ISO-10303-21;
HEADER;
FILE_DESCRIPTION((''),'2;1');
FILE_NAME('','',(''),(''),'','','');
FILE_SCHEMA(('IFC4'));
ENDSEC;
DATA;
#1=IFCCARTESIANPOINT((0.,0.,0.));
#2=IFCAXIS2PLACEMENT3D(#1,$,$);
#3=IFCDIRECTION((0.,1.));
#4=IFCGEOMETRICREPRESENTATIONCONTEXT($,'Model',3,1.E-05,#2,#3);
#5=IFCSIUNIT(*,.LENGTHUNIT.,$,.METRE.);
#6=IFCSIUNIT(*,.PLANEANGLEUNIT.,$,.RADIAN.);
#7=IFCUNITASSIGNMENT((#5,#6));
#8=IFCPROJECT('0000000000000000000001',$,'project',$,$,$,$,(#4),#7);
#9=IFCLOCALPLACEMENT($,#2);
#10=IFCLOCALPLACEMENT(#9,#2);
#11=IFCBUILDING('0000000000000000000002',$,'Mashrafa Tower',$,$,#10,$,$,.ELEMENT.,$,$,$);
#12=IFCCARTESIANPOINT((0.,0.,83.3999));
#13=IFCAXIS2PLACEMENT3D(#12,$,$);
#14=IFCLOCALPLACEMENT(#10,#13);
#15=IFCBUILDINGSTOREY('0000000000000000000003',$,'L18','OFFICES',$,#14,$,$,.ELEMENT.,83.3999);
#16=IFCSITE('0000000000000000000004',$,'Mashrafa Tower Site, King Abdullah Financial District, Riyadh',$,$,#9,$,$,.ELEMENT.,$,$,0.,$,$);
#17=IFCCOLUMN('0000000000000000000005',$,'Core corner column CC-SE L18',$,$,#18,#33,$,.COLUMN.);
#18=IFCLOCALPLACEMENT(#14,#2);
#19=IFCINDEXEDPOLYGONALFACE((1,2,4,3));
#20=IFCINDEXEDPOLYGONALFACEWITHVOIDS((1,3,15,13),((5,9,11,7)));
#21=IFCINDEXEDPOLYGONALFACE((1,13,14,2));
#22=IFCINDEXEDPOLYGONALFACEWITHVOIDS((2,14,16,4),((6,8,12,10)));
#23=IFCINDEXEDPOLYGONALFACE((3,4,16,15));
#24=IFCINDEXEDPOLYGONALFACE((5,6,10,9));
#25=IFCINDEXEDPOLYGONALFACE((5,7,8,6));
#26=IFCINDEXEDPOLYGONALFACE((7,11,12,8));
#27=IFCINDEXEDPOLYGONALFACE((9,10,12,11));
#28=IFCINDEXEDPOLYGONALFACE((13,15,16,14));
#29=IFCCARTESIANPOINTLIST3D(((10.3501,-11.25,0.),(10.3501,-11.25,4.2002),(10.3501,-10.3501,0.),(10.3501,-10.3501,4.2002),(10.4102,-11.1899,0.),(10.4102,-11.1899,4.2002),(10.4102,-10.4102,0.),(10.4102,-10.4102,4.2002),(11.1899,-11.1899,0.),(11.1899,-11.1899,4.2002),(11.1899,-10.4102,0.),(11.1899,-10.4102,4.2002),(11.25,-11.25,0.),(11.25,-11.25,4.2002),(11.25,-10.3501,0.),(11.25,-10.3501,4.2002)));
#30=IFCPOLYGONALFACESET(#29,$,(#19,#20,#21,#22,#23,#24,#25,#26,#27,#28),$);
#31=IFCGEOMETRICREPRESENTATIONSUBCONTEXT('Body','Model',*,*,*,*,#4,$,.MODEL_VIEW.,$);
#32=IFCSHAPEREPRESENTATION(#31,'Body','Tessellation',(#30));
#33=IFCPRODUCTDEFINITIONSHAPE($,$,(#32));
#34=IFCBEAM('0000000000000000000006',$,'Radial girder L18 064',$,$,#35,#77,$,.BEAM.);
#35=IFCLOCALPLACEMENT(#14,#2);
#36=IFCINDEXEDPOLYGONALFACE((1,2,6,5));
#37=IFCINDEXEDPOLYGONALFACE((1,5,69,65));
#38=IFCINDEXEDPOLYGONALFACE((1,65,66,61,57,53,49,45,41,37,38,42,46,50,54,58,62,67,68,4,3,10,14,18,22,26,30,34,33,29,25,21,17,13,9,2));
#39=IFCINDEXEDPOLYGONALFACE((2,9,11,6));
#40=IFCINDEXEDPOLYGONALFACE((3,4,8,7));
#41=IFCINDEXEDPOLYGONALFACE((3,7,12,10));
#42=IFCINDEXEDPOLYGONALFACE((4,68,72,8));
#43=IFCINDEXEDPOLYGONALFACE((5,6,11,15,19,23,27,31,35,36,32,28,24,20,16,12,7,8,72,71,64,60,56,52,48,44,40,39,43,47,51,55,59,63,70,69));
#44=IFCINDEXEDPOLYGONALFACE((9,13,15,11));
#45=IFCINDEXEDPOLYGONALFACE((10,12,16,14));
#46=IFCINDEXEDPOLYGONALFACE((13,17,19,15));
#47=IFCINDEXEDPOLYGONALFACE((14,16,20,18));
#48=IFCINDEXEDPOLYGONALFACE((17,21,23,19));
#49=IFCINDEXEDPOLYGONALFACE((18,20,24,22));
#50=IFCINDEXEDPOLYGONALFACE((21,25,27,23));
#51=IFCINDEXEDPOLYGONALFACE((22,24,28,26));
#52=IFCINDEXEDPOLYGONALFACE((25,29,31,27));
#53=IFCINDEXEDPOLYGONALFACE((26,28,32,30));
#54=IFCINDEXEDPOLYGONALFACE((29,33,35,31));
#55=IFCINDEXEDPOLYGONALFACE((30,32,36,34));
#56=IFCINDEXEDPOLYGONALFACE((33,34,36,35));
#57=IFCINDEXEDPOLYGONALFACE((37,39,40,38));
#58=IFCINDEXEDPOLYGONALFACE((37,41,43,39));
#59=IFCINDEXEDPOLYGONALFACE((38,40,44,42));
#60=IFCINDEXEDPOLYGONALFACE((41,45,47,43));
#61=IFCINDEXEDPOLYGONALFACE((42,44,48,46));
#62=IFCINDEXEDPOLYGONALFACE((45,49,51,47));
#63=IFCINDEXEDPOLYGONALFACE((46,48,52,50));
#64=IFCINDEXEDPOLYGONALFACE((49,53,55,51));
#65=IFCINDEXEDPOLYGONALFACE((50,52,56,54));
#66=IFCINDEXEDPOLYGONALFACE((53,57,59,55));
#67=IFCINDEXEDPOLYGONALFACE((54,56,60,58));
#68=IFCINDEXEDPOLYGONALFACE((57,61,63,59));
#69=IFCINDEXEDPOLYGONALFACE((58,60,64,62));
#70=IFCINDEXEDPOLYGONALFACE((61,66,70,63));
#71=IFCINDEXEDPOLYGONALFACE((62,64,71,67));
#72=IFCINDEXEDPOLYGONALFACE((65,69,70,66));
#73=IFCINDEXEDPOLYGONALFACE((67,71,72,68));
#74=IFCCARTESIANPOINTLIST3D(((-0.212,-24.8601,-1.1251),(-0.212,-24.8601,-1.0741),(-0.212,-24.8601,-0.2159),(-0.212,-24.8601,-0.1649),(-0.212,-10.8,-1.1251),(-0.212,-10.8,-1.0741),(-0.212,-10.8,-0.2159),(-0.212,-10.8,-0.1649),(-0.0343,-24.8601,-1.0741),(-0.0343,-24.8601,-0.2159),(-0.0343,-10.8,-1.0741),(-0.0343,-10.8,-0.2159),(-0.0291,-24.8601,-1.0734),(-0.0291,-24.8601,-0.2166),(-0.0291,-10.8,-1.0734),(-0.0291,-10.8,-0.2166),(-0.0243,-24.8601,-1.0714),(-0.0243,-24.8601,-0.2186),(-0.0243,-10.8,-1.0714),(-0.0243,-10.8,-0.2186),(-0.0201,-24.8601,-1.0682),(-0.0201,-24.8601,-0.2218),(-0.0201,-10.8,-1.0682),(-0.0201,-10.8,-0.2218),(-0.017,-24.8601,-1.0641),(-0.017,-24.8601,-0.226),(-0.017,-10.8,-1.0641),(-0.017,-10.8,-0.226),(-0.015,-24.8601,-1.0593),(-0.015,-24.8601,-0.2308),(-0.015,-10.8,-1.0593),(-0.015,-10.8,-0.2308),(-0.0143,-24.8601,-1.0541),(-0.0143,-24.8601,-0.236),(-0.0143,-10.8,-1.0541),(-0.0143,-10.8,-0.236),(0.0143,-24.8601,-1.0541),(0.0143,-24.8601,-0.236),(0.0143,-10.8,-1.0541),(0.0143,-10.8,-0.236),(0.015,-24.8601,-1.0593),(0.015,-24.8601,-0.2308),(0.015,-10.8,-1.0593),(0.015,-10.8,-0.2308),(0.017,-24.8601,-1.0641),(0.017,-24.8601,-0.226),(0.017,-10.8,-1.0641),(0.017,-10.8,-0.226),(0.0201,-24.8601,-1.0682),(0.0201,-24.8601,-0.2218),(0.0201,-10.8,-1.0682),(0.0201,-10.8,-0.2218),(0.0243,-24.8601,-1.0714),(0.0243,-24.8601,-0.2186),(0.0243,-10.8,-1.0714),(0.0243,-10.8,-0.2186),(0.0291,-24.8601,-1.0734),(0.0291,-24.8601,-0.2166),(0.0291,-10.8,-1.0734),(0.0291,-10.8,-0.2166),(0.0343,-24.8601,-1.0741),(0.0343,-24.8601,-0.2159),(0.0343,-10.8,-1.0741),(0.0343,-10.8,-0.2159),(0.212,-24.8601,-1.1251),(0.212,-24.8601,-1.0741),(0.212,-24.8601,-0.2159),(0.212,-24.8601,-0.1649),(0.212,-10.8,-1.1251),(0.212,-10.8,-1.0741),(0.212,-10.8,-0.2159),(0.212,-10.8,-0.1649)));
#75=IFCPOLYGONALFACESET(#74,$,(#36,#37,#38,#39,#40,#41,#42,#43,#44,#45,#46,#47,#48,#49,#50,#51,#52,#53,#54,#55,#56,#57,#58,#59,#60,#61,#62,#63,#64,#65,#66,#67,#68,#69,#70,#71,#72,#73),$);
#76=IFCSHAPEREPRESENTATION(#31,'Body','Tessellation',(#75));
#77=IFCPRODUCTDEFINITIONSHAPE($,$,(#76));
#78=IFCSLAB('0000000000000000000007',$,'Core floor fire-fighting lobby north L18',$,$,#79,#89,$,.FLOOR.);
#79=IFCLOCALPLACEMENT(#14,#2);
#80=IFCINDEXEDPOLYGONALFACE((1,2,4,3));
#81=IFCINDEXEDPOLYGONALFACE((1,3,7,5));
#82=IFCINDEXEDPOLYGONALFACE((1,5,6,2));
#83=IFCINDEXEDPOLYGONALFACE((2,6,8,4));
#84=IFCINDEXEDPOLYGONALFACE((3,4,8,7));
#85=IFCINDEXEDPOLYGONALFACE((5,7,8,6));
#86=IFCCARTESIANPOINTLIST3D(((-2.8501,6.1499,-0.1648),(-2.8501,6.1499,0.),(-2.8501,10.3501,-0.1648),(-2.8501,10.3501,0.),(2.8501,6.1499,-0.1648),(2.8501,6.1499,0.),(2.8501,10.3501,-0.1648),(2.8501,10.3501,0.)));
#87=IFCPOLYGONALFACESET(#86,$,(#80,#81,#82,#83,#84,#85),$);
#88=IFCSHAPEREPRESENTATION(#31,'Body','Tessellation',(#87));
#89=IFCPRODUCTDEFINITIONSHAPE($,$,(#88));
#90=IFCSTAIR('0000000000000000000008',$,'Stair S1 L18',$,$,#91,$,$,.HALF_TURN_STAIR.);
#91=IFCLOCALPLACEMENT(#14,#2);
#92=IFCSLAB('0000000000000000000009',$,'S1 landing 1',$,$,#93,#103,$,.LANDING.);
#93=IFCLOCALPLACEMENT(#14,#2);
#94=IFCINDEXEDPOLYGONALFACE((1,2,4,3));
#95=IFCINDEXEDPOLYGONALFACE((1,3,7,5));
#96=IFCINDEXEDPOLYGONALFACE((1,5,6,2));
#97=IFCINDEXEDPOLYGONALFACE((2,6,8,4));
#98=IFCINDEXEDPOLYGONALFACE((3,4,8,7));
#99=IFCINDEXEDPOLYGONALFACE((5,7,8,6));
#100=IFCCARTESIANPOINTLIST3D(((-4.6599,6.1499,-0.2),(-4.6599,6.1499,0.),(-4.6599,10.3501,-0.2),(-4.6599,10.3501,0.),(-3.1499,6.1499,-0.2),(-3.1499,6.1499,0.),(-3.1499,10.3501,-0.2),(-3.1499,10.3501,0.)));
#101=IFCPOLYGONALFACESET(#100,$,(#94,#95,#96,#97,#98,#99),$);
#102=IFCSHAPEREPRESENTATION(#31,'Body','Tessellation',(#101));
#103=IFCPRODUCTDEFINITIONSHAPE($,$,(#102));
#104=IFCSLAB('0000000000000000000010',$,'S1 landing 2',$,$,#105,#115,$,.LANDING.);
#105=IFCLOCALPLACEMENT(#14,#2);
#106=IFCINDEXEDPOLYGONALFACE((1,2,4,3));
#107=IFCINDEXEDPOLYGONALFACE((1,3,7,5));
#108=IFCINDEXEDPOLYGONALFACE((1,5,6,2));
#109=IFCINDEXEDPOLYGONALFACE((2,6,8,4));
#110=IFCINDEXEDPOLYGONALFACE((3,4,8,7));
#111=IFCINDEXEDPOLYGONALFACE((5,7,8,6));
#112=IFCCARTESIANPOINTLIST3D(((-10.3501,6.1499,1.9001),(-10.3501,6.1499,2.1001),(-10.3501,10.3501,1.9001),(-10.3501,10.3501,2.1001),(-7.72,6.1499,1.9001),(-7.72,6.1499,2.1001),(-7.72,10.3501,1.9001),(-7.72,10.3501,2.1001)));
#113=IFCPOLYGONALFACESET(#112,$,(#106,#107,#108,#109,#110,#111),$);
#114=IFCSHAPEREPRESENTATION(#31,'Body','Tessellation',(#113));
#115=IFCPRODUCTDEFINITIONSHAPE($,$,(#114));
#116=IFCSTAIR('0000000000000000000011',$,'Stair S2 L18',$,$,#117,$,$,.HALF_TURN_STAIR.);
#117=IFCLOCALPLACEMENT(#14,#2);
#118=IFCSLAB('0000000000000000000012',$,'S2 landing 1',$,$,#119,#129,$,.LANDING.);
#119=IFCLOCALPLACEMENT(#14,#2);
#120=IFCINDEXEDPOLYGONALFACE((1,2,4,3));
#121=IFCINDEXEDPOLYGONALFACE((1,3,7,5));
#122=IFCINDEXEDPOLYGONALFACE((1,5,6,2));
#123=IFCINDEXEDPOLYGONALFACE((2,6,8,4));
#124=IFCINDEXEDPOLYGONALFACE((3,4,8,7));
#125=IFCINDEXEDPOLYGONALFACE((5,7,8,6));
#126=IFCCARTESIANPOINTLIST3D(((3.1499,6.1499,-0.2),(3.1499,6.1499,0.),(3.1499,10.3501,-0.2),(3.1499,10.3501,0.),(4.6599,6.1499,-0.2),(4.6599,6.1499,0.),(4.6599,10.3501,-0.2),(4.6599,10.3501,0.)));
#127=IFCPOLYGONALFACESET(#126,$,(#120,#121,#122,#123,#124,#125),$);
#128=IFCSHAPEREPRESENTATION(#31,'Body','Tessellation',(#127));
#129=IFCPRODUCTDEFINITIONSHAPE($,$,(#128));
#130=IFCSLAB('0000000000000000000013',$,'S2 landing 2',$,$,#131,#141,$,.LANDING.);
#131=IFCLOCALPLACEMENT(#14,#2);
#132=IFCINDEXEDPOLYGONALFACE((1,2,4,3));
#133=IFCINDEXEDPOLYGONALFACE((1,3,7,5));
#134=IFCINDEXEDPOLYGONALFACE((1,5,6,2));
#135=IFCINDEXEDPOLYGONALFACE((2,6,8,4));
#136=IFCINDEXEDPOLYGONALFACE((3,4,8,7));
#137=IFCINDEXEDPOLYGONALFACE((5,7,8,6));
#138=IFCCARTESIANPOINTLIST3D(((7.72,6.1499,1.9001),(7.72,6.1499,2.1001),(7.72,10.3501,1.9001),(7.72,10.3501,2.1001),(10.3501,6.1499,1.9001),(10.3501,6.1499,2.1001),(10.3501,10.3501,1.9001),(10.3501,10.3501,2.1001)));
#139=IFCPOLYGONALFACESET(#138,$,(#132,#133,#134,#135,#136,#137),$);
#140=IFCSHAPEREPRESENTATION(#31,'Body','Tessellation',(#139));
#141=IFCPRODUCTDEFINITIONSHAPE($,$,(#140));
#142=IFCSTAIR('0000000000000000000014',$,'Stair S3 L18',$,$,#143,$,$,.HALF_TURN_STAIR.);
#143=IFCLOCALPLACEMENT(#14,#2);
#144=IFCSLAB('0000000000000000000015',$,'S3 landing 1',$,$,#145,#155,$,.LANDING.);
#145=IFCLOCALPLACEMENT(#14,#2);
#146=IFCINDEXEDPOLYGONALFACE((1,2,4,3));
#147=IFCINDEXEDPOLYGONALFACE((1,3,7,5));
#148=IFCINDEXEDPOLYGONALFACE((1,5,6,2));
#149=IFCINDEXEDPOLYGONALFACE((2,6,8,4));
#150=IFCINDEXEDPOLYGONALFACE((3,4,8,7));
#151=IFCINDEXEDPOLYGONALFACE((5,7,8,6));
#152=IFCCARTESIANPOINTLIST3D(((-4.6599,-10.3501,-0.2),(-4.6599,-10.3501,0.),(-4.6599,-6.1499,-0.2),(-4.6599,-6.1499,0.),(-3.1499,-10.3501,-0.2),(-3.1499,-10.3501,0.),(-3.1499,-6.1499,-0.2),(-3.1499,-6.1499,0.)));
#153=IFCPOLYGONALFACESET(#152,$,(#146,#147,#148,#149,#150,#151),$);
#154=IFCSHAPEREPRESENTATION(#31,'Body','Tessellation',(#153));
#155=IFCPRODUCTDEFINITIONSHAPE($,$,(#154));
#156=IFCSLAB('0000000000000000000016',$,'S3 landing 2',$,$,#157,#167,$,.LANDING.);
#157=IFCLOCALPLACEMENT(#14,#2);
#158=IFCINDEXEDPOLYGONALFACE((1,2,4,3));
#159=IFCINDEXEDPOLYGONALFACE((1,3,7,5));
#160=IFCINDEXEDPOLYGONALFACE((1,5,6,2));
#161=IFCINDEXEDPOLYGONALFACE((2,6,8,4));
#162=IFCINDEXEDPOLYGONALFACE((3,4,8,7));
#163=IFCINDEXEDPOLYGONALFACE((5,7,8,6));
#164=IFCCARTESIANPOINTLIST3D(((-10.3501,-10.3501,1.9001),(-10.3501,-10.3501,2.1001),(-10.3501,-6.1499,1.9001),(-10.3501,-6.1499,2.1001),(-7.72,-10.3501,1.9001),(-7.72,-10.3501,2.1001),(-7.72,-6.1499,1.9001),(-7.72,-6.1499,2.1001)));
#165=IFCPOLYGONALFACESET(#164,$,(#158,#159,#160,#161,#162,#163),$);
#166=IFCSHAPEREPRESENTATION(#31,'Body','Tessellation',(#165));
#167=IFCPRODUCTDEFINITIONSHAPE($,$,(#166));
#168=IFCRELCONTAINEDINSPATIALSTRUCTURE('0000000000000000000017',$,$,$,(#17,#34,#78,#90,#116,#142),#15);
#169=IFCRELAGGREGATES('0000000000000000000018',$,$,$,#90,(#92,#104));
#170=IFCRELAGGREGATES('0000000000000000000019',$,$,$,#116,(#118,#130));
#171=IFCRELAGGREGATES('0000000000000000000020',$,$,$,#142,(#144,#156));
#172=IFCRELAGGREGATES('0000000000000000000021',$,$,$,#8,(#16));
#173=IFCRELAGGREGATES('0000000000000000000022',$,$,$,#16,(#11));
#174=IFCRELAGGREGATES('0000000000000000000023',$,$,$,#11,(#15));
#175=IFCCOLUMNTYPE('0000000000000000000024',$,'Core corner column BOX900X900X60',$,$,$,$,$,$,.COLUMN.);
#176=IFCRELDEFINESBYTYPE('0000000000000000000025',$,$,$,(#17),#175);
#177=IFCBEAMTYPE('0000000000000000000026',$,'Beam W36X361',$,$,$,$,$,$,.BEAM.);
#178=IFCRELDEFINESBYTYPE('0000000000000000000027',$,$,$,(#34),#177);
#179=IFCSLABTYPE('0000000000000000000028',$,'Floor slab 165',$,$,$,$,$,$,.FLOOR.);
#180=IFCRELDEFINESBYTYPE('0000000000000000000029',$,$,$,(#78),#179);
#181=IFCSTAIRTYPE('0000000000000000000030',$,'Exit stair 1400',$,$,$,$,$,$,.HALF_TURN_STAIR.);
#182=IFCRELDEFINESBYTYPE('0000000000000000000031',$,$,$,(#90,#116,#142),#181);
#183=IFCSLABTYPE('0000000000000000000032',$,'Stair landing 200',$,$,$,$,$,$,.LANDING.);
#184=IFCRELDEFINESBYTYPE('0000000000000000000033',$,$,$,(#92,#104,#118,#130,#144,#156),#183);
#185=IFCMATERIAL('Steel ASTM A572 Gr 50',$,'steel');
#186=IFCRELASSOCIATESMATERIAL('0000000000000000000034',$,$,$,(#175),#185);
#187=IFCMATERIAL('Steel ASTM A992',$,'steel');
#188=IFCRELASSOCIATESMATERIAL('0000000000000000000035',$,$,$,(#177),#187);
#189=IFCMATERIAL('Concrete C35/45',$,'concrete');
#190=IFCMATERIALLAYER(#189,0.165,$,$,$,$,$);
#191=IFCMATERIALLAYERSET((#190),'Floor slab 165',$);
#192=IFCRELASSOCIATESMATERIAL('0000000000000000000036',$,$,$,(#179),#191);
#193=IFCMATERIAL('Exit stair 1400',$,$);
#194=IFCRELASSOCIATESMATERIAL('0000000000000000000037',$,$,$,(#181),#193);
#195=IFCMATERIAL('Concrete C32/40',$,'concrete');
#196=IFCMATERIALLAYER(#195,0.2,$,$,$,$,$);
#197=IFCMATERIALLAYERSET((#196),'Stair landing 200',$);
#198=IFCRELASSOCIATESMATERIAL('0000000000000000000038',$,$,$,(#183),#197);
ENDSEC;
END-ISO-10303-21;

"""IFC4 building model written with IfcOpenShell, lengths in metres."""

from ifc_helpers import new_model, si_unit, direction, frame, origin, origin_2d, place, context, subcontext, project, spatial, polyline, hollow_rectangle, i_section, outline, extrude, material, layer, layer_set, material_profile, profile_set, type_object, element, aggregate, save


model = new_model("IFC4")

# Units and contexts
model_context = context("Model", 3, precision=1e-05, world=origin(), true_north=direction((0.0, 1.0)))
body_context = subcontext(model_context, "Body", "Model", "MODEL_VIEW")
ifc_project = project(units=[si_unit("LENGTHUNIT", "METRE"), si_unit("PLANEANGLEUNIT", "RADIAN")], contexts=[model_context])

# Site, building, storey
site_placement = place(None, origin())
site = spatial("IfcSite", under=ifc_project, at=site_placement, Name="Mashrafa Tower Site, King Abdullah Financial District, Riyadh", CompositionType="ELEMENT", RefElevation=0.0)
building_placement = place(site_placement, origin())
building = spatial("IfcBuilding", under=site, at=building_placement, Name="Mashrafa Tower", CompositionType="ELEMENT")
storey_placement = place(building_placement, frame((0.0, 0.0, 83.3999)))
storey = spatial("IfcBuildingStorey", under=building, at=storey_placement, Name="L18", Description="OFFICES", CompositionType="ELEMENT", Elevation=83.3999)

# Column
ifc_material_1 = material(Name="Steel ASTM A572 Gr 50", Category="steel")
ifc_material_profile_1 = material_profile(ifc_material_1, hollow_rectangle(XDim=0.8999, YDim=0.8999, WallThickness=0.0601, at=origin_2d()), Name="BOX900X900X60")
ifc_profile_set_1 = profile_set([ifc_material_profile_1], Name="Steel ASTM A572 Gr 50")
column_type = type_object("IfcColumnType", Name="Core corner column BOX900X900X60", PredefinedType="COLUMN", material=ifc_profile_set_1)
column_placement = place(storey_placement, frame((10.8, -10.8, 0.0), z_axis=(0.0, 0.0, 1.0), x_axis=(1.0, 0.0, 0.0)))
element("IfcColumn", 1, at=column_placement, inside=storey, type_object=column_type, Name="Core corner column CC-SE L18", PredefinedType="COLUMN", context=body_context, shape_type="SweptSolid", body=[
    extrude(hollow_rectangle(XDim=0.8999, YDim=0.8999, WallThickness=0.0601, at=origin_2d()), origin(), (0.0, 0.0, 1.0), 4.2002),
])

# Beam
ifc_material_2 = material(Name="Steel ASTM A992", Category="steel")
ifc_material_profile_2 = material_profile(ifc_material_2, i_section(OverallWidth=0.4241, OverallDepth=0.9602, WebThickness=0.0286, FlangeThickness=0.051, FilletRadius=0.02, at=origin_2d()), Name="W36X361")
ifc_profile_set_2 = profile_set([ifc_material_profile_2], Name="Steel ASTM A992")
beam_type = type_object("IfcBeamType", Name="Beam W36X361", PredefinedType="BEAM", material=ifc_profile_set_2)
beam_placement = place(storey_placement, frame((0.0, -10.8, -0.645), z_axis=(0.0, -1.0, 0.0), x_axis=(1.0, 0.0, 0.0)))
element("IfcBeam", 2, at=beam_placement, inside=storey, type_object=beam_type, Name="Radial girder L18 064", PredefinedType="BEAM", context=body_context, shape_type="SweptSolid", body=[
    extrude(i_section(OverallWidth=0.4241, OverallDepth=0.9602, WebThickness=0.0286, FlangeThickness=0.051, FilletRadius=0.02, at=origin_2d()), origin(), (0.0, 0.0, 1.0), 14.0601),
])

# Slab
ifc_material_3 = material(Name="Concrete C35/45", Category="concrete")
ifc_layer_1 = layer(ifc_material_3, 0.165)
ifc_layer_set_1 = layer_set([ifc_layer_1], Name="Floor slab 165")
slab_type_1 = type_object("IfcSlabType", Name="Floor slab 165", PredefinedType="FLOOR", material=ifc_layer_set_1)
slab_1_placement = place(storey_placement, frame((0.0, 0.0, -0.1648)))
element("IfcSlab", 3, at=slab_1_placement, inside=storey, type_object=slab_type_1, Name="Core floor fire-fighting lobby north L18", PredefinedType="FLOOR", context=body_context, shape_type="SweptSolid", body=[
    extrude(outline(polyline([(-2.8501, 10.3501), (2.8501, 10.3501), (2.8501, 6.1499), (-2.8501, 6.1499), (-2.8501, 10.3501)])), origin(), (0.0, 0.0, 1.0), 0.1648),
])

# Stairs, slabs
ifc_material_4 = material(Name="Exit stair 1400")
stair_type = type_object("IfcStairType", Name="Exit stair 1400", PredefinedType="HALF_TURN_STAIR", material=ifc_material_4)
stair_1_placement = place(storey_placement, origin())
stair_1 = element("IfcStair", 4, at=stair_1_placement, inside=storey, type_object=stair_type, Name="Stair S1 L18", PredefinedType="HALF_TURN_STAIR")
ifc_material_5 = material(Name="Concrete C32/40", Category="concrete")
ifc_layer_2 = layer(ifc_material_5, 0.2)
ifc_layer_set_2 = layer_set([ifc_layer_2], Name="Stair landing 200")
slab_type_2 = type_object("IfcSlabType", Name="Stair landing 200", PredefinedType="LANDING", material=ifc_layer_set_2)
slab_2_placement = place(storey_placement, frame((0.0, 0.0, -0.2)))
slab_2 = element("IfcSlab", 5, at=slab_2_placement, type_object=slab_type_2, Name="S1 landing 1", PredefinedType="LANDING", context=body_context, shape_type="SweptSolid", body=[
    extrude(outline(polyline([(-4.6599, 6.1499), (-3.1499, 6.1499), (-3.1499, 10.3501), (-4.6599, 10.3501), (-4.6599, 6.1499)])), origin(), (0.0, 0.0, 1.0), 0.2),
])
slab_3_placement = place(storey_placement, frame((0.0, 0.0, 1.9001)))
slab_3 = element("IfcSlab", 6, at=slab_3_placement, type_object=slab_type_2, Name="S1 landing 2", PredefinedType="LANDING", context=body_context, shape_type="SweptSolid", body=[
    extrude(outline(polyline([(-10.3501, 6.1499), (-7.72, 6.1499), (-7.72, 10.3501), (-10.3501, 10.3501), (-10.3501, 6.1499)])), origin(), (0.0, 0.0, 1.0), 0.2),
])
aggregate(stair_1, [slab_2, slab_3])
stair_2_placement = place(storey_placement, origin())
stair_2 = element("IfcStair", 7, at=stair_2_placement, inside=storey, type_object=stair_type, Name="Stair S2 L18", PredefinedType="HALF_TURN_STAIR")
slab_4_placement = place(storey_placement, frame((0.0, 0.0, -0.2)))
slab_4 = element("IfcSlab", 8, at=slab_4_placement, type_object=slab_type_2, Name="S2 landing 1", PredefinedType="LANDING", context=body_context, shape_type="SweptSolid", body=[
    extrude(outline(polyline([(3.1499, 6.1499), (4.6599, 6.1499), (4.6599, 10.3501), (3.1499, 10.3501), (3.1499, 6.1499)])), origin(), (0.0, 0.0, 1.0), 0.2),
])
slab_5_placement = place(storey_placement, frame((0.0, 0.0, 1.9001)))
slab_5 = element("IfcSlab", 9, at=slab_5_placement, type_object=slab_type_2, Name="S2 landing 2", PredefinedType="LANDING", context=body_context, shape_type="SweptSolid", body=[
    extrude(outline(polyline([(7.72, 6.1499), (10.3501, 6.1499), (10.3501, 10.3501), (7.72, 10.3501), (7.72, 6.1499)])), origin(), (0.0, 0.0, 1.0), 0.2),
])
aggregate(stair_2, [slab_4, slab_5])
stair_3_placement = place(storey_placement, origin())
stair_3 = element("IfcStair", 10, at=stair_3_placement, inside=storey, type_object=stair_type, Name="Stair S3 L18", PredefinedType="HALF_TURN_STAIR")
slab_6_placement = place(storey_placement, frame((0.0, 0.0, -0.2)))
slab_6 = element("IfcSlab", 11, at=slab_6_placement, type_object=slab_type_2, Name="S3 landing 1", PredefinedType="LANDING", context=body_context, shape_type="SweptSolid", body=[
    extrude(outline(polyline([(-4.6599, -10.3501), (-3.1499, -10.3501), (-3.1499, -6.1499), (-4.6599, -6.1499), (-4.6599, -10.3501)])), origin(), (0.0, 0.0, 1.0), 0.2),
])
slab_7_placement = place(storey_placement, frame((0.0, 0.0, 1.9001)))
slab_7 = element("IfcSlab", 12, at=slab_7_placement, type_object=slab_type_2, Name="S3 landing 2", PredefinedType="LANDING", context=body_context, shape_type="SweptSolid", body=[
    extrude(outline(polyline([(-10.3501, -10.3501), (-7.72, -10.3501), (-7.72, -6.1499), (-10.3501, -6.1499), (-10.3501, -10.3501)])), origin(), (0.0, 0.0, 1.0), 0.2),
])
aggregate(stair_3, [slab_6, slab_7])

save(model, "model.ifc")
